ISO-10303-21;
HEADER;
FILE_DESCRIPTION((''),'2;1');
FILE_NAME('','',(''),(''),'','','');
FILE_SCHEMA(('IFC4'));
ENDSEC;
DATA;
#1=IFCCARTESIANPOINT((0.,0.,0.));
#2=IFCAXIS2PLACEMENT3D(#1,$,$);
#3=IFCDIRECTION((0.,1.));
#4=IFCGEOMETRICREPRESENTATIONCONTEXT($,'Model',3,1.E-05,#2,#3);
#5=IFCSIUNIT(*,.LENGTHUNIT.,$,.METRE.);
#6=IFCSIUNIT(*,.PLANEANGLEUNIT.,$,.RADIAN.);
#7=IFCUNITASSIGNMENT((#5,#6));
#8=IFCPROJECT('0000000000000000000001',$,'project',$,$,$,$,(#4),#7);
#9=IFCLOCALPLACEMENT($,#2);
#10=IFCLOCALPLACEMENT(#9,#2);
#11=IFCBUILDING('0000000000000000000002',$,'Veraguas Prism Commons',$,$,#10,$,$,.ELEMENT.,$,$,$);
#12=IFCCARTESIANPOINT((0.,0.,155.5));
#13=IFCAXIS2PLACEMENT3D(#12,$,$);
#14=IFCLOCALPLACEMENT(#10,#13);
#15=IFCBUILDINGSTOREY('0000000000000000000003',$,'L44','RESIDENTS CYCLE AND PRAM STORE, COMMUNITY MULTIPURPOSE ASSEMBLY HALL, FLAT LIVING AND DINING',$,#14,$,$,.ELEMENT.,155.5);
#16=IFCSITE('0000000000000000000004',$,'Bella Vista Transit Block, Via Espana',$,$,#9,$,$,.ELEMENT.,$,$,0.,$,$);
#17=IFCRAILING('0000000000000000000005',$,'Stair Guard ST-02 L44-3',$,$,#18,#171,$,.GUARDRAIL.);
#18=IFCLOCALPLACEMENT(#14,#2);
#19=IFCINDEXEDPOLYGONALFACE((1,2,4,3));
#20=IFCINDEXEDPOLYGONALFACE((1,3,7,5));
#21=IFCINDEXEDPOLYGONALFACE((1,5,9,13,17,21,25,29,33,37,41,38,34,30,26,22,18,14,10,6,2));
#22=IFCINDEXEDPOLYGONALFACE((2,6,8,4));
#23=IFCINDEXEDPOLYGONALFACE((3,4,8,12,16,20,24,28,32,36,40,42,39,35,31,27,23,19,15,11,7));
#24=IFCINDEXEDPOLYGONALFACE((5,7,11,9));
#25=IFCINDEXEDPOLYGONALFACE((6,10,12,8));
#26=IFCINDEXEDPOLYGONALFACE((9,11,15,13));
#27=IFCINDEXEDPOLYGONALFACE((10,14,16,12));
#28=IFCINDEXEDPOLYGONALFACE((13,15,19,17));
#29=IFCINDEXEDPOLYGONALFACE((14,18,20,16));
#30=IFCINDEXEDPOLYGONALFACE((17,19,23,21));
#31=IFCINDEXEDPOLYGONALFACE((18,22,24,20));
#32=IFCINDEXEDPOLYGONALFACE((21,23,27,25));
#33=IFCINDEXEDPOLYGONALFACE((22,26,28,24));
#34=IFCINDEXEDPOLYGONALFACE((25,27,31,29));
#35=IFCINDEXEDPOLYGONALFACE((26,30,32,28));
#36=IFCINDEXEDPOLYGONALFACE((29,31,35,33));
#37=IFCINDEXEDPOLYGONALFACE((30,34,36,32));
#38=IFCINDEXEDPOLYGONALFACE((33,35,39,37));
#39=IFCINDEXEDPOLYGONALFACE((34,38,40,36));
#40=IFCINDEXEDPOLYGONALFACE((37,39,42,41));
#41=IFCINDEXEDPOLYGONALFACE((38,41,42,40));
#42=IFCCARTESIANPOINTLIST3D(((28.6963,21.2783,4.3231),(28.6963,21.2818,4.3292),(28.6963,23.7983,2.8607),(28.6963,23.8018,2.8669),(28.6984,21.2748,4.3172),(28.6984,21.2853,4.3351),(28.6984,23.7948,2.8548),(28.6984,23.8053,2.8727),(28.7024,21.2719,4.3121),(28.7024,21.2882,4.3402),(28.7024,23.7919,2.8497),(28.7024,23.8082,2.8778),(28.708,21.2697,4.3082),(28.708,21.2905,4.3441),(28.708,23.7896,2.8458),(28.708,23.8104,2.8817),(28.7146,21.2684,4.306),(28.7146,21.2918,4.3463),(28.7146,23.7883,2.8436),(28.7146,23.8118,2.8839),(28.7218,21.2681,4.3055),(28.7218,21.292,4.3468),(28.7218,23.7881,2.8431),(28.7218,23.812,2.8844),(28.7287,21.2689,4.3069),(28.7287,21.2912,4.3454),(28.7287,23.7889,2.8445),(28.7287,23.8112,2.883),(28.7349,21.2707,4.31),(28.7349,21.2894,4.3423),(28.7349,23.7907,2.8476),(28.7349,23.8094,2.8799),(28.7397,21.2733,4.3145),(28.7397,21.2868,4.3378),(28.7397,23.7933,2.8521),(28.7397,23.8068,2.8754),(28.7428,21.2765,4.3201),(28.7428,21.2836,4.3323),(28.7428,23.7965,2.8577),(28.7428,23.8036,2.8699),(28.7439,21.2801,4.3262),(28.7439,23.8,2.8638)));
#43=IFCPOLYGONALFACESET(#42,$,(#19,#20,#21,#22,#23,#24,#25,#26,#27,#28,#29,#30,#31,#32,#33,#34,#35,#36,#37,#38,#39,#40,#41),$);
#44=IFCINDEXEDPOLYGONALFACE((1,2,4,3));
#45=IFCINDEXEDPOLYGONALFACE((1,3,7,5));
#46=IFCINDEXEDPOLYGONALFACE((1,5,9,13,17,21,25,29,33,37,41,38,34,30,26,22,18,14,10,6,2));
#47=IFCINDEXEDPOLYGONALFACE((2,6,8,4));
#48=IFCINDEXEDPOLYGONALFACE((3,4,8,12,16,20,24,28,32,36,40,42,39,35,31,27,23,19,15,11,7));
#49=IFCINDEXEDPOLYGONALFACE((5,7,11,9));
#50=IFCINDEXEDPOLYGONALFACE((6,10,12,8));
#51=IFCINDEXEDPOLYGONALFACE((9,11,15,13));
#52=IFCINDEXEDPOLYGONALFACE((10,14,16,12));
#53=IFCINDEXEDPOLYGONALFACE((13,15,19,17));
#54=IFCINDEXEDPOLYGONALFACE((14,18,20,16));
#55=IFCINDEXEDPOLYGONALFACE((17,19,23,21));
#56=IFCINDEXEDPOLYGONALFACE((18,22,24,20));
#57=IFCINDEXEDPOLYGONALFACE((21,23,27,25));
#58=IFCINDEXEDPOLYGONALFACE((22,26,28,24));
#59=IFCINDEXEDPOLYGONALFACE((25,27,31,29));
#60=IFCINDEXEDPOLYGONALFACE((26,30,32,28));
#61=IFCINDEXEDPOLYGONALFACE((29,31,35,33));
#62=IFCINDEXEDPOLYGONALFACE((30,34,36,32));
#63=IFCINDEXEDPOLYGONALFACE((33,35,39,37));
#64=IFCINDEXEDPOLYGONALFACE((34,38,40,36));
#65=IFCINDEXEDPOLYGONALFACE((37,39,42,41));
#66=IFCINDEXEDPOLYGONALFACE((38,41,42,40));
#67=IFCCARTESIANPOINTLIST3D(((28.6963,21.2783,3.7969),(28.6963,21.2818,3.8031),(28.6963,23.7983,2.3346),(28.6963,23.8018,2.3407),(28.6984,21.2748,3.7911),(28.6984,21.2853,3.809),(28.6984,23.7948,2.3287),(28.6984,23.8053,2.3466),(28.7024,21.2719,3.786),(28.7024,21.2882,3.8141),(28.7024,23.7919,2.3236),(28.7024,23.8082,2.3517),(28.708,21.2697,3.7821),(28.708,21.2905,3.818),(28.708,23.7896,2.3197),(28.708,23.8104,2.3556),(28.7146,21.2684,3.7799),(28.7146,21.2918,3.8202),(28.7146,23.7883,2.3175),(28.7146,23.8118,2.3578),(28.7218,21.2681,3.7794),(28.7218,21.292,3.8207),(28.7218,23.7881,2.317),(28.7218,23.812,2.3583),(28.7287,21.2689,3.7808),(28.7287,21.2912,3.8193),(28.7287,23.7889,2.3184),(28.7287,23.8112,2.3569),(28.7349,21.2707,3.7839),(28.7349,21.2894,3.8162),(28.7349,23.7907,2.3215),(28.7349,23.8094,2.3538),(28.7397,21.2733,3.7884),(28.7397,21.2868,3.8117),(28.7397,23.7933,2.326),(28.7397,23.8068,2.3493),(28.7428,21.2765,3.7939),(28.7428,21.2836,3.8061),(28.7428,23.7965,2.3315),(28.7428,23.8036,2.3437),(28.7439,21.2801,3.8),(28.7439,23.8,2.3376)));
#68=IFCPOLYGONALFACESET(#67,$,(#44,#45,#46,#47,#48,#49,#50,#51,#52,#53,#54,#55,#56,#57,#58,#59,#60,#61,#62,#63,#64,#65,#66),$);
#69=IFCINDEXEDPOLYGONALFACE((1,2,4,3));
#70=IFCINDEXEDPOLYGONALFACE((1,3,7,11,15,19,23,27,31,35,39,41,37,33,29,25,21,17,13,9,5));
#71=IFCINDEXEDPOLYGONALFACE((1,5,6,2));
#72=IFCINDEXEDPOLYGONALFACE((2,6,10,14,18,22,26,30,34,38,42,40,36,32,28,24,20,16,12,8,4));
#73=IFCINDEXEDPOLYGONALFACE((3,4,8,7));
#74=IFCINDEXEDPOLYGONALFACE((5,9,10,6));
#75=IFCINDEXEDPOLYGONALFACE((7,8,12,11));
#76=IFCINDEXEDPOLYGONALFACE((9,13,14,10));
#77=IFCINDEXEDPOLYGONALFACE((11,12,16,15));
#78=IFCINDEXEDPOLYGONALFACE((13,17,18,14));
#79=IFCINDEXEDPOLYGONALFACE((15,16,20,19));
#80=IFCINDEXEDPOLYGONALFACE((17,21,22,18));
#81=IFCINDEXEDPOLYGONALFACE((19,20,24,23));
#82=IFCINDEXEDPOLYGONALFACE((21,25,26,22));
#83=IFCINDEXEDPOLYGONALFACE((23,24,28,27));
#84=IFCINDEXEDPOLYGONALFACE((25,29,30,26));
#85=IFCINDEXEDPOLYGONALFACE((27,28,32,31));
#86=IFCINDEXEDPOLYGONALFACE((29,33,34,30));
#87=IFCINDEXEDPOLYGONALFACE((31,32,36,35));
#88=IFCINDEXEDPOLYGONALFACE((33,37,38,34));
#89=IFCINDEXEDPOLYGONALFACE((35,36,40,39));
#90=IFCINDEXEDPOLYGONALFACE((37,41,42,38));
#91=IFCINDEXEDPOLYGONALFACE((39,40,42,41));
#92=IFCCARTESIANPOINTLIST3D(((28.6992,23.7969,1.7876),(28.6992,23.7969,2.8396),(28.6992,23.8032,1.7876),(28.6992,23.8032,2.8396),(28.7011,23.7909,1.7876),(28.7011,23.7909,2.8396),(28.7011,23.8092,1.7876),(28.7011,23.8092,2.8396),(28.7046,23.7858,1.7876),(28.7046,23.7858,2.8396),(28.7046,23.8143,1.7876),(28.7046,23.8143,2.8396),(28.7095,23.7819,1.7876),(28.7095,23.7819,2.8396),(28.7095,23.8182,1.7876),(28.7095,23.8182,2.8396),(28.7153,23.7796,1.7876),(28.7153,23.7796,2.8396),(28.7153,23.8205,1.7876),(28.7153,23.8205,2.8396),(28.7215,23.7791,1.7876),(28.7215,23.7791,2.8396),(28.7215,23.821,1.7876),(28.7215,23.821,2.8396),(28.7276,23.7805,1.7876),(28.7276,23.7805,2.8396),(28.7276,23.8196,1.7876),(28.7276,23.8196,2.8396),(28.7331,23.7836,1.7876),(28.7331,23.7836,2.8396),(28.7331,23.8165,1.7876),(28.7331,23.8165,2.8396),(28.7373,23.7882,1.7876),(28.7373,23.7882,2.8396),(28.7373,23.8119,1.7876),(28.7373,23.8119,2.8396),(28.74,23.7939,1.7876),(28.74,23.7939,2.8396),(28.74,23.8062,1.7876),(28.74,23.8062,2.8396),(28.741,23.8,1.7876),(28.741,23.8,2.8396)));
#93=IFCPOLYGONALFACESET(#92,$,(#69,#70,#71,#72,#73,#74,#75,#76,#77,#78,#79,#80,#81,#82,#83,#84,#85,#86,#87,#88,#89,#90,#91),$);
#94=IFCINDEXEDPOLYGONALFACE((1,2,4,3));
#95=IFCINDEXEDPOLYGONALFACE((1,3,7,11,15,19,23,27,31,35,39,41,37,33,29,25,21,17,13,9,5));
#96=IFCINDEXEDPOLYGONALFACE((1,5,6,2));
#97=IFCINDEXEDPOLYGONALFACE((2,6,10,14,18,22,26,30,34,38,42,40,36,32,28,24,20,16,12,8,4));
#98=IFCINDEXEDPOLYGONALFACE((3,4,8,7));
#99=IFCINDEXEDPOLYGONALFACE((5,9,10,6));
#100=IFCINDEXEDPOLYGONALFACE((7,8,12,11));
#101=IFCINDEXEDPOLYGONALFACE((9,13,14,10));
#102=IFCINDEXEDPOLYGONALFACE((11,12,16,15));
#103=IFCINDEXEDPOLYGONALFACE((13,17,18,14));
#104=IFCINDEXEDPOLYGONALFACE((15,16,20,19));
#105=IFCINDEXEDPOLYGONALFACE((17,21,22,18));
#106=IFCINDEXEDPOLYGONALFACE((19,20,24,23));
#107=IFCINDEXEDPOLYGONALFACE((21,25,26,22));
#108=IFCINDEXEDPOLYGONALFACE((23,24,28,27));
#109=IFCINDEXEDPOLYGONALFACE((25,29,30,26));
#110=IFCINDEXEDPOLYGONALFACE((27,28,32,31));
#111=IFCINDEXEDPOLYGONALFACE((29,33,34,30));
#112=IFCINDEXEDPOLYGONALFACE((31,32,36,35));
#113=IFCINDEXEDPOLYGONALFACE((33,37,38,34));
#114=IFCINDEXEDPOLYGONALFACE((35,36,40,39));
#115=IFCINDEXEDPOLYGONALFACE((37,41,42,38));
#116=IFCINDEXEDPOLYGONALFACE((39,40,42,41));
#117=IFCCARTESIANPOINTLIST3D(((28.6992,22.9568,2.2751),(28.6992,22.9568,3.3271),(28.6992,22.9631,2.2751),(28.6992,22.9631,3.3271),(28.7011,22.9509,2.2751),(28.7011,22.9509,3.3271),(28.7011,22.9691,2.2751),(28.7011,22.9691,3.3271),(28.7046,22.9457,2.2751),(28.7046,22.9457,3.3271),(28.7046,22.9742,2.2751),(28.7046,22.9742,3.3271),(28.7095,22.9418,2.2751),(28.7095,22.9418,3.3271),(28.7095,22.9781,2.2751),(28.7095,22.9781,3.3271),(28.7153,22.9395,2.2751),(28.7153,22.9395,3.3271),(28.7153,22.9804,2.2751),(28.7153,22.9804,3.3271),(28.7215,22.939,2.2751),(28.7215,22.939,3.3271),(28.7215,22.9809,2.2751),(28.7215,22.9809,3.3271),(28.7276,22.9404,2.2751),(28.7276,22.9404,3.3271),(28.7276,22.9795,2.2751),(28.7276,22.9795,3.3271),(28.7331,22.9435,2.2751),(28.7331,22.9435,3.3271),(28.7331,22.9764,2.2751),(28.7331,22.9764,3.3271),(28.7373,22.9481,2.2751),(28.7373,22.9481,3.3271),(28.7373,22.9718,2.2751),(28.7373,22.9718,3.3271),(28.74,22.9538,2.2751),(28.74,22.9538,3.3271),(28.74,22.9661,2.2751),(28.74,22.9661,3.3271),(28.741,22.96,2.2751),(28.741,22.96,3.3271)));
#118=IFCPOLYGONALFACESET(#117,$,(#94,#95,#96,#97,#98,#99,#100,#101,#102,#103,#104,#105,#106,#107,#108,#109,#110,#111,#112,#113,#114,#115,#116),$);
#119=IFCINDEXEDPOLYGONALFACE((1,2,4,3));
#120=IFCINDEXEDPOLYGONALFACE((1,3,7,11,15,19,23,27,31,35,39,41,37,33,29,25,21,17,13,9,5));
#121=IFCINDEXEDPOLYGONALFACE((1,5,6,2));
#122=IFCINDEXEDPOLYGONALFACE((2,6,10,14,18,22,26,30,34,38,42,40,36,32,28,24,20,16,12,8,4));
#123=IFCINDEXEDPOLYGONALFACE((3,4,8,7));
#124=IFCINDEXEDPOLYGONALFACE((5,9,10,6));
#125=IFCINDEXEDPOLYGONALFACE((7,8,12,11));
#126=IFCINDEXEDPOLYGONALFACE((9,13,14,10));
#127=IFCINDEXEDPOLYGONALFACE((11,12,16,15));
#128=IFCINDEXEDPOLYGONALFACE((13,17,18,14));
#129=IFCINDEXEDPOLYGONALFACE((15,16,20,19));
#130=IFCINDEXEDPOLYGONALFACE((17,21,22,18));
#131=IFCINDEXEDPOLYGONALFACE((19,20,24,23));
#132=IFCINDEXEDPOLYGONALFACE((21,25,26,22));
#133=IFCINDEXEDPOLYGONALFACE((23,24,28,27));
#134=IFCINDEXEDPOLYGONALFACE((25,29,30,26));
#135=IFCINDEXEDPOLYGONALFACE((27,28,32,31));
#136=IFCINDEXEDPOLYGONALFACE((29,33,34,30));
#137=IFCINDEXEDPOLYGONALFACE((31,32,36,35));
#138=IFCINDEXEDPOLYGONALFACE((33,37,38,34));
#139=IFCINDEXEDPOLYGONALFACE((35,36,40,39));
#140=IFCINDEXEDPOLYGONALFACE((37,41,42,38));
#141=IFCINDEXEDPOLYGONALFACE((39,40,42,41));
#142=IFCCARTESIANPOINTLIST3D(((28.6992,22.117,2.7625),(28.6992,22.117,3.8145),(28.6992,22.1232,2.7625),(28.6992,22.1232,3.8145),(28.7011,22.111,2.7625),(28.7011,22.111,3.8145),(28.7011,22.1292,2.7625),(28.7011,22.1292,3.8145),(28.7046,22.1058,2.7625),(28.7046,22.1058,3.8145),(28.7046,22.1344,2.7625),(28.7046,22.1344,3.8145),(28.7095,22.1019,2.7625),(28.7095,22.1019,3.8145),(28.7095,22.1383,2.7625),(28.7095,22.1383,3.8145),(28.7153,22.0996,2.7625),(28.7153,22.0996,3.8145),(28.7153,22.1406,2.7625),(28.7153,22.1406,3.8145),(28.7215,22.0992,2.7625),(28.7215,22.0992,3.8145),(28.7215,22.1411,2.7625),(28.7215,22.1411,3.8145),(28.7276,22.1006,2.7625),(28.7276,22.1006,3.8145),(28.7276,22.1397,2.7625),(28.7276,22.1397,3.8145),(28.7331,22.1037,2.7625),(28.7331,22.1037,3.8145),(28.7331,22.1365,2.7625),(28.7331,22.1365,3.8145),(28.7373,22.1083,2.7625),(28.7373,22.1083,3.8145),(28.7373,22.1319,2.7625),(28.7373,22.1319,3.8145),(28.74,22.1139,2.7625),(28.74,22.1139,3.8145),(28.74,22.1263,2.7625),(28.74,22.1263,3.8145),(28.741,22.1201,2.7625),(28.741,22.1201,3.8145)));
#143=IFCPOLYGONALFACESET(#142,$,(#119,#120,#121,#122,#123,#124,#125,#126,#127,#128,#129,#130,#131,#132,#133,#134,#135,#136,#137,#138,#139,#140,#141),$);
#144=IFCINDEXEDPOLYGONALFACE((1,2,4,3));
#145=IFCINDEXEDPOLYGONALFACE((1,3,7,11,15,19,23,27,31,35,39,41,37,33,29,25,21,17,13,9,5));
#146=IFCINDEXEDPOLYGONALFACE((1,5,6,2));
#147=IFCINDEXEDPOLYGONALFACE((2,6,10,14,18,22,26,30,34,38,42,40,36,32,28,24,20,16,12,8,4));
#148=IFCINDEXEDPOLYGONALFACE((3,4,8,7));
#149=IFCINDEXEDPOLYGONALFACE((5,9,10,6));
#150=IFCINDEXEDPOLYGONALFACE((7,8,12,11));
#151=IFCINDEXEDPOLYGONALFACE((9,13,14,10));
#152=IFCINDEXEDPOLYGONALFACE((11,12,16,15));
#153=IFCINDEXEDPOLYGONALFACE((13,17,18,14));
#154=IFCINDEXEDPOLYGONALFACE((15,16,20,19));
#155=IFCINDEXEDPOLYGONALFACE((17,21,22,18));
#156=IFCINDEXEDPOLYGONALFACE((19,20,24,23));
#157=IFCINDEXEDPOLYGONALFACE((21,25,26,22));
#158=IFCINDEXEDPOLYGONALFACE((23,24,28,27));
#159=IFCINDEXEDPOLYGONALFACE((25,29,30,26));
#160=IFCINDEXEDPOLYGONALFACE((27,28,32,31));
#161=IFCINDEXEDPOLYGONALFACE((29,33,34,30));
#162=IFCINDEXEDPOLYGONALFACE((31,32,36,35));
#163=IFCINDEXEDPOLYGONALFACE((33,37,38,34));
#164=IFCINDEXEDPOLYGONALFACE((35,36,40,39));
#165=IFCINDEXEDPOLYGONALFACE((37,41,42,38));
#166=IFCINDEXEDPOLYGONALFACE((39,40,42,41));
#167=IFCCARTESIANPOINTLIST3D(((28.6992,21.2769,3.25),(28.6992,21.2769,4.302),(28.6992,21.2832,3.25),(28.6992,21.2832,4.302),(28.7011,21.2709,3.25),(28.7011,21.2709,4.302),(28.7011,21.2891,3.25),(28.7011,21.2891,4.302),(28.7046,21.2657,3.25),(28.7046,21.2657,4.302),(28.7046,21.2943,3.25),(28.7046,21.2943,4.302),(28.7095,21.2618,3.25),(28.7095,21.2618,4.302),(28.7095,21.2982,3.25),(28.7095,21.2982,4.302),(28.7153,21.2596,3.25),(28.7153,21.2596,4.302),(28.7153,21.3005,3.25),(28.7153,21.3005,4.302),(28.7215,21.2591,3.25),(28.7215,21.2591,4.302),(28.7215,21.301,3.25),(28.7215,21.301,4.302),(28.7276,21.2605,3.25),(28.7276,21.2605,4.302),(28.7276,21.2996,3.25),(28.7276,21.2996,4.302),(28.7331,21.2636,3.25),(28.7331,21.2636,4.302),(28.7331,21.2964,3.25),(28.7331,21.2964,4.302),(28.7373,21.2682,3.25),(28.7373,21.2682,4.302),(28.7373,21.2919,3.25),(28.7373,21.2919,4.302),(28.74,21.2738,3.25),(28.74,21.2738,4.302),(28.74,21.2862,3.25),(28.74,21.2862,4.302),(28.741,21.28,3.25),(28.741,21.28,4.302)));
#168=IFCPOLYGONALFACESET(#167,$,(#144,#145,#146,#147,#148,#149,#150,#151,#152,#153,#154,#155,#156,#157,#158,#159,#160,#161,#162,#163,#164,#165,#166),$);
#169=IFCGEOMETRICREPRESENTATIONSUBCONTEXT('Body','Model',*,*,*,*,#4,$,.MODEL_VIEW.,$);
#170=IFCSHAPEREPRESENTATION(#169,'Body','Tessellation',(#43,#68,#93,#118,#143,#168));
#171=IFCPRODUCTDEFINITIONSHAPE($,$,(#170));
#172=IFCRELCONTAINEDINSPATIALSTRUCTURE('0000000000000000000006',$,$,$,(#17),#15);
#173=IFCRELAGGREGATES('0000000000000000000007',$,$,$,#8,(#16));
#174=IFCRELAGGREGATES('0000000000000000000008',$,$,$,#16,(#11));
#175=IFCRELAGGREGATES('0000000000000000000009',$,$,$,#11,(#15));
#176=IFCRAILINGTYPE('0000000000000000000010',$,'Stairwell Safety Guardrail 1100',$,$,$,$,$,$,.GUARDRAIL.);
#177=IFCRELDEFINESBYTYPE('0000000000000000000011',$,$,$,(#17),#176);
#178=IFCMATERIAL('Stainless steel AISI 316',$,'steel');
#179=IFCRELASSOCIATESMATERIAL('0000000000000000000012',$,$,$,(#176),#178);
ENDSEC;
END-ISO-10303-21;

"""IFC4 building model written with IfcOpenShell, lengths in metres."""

from ifc_helpers import new_model, si_unit, direction, frame, origin, origin_2d, place, context, subcontext, project, spatial, circle, extrude, material, type_object, element, save


model = new_model("IFC4")

# Units and contexts
model_context = context("Model", 3, precision=1e-05, world=origin(), true_north=direction((0.0, 1.0)))
body_context = subcontext(model_context, "Body", "Model", "MODEL_VIEW")
ifc_project = project(units=[si_unit("LENGTHUNIT", "METRE"), si_unit("PLANEANGLEUNIT", "RADIAN")], contexts=[model_context])

# Site, building, storey
site_placement = place(None, origin())
site = spatial("IfcSite", under=ifc_project, at=site_placement, Name="Bella Vista Transit Block, Via Espana", CompositionType="ELEMENT", RefElevation=0.0)
building_placement = place(site_placement, origin())
building = spatial("IfcBuilding", under=site, at=building_placement, Name="Veraguas Prism Commons", CompositionType="ELEMENT")
storey_placement = place(building_placement, frame((0.0, 0.0, 155.5)))
storey = spatial("IfcBuildingStorey", under=building, at=storey_placement, Name="L44", Description="RESIDENTS CYCLE AND PRAM STORE, COMMUNITY MULTIPURPOSE ASSEMBLY HALL, FLAT LIVING AND DINING", CompositionType="ELEMENT", Elevation=155.5)

# Shared definitions
ifc_material_1 = material(Name="Stainless steel AISI 316", Category="steel")

# Railing
railing_type_1 = type_object("IfcRailingType", Name="Stairwell Safety Guardrail 1100", PredefinedType="GUARDRAIL", material=ifc_material_1)
railing_1_placement = place(storey_placement, frame((28.72, 23.8, 1.7876)))
element("IfcRailing", 1, at=railing_1_placement, inside=storey, type_object=railing_type_1, Name="Stair Guard ST-02 L44-3", PredefinedType="GUARDRAIL", context=body_context, shape_type="SweptSolid", body=[
    extrude(circle(Radius=0.0239, at=origin_2d()), frame((0.0, 0.0, 1.0762), z_axis=(0.0, -0.864913, 0.501921), x_axis=(1.0, 0.0, 0.0)), (0.0, 0.0, 1.0), 2.9136),
    extrude(circle(Radius=0.0239, at=origin_2d()), frame((0.0, 0.0, 0.55), z_axis=(0.0, -0.864913, 0.501921), x_axis=(1.0, 0.0, 0.0)), (0.0, 0.0, 1.0), 2.9136),
    extrude(circle(Radius=0.021, at=origin_2d()), origin(), (0.0, 0.0, 1.0), 1.052),
    extrude(circle(Radius=0.021, at=origin_2d()), frame((0.0, -0.8401, 0.4875)), (0.0, 0.0, 1.0), 1.052),
    extrude(circle(Radius=0.021, at=origin_2d()), frame((0.0, -1.6799, 0.9749)), (0.0, 0.0, 1.0), 1.052),
    extrude(circle(Radius=0.021, at=origin_2d()), frame((0.0, -2.52, 1.4624)), (0.0, 0.0, 1.0), 1.052),
])

save(model, "model.ifc")
